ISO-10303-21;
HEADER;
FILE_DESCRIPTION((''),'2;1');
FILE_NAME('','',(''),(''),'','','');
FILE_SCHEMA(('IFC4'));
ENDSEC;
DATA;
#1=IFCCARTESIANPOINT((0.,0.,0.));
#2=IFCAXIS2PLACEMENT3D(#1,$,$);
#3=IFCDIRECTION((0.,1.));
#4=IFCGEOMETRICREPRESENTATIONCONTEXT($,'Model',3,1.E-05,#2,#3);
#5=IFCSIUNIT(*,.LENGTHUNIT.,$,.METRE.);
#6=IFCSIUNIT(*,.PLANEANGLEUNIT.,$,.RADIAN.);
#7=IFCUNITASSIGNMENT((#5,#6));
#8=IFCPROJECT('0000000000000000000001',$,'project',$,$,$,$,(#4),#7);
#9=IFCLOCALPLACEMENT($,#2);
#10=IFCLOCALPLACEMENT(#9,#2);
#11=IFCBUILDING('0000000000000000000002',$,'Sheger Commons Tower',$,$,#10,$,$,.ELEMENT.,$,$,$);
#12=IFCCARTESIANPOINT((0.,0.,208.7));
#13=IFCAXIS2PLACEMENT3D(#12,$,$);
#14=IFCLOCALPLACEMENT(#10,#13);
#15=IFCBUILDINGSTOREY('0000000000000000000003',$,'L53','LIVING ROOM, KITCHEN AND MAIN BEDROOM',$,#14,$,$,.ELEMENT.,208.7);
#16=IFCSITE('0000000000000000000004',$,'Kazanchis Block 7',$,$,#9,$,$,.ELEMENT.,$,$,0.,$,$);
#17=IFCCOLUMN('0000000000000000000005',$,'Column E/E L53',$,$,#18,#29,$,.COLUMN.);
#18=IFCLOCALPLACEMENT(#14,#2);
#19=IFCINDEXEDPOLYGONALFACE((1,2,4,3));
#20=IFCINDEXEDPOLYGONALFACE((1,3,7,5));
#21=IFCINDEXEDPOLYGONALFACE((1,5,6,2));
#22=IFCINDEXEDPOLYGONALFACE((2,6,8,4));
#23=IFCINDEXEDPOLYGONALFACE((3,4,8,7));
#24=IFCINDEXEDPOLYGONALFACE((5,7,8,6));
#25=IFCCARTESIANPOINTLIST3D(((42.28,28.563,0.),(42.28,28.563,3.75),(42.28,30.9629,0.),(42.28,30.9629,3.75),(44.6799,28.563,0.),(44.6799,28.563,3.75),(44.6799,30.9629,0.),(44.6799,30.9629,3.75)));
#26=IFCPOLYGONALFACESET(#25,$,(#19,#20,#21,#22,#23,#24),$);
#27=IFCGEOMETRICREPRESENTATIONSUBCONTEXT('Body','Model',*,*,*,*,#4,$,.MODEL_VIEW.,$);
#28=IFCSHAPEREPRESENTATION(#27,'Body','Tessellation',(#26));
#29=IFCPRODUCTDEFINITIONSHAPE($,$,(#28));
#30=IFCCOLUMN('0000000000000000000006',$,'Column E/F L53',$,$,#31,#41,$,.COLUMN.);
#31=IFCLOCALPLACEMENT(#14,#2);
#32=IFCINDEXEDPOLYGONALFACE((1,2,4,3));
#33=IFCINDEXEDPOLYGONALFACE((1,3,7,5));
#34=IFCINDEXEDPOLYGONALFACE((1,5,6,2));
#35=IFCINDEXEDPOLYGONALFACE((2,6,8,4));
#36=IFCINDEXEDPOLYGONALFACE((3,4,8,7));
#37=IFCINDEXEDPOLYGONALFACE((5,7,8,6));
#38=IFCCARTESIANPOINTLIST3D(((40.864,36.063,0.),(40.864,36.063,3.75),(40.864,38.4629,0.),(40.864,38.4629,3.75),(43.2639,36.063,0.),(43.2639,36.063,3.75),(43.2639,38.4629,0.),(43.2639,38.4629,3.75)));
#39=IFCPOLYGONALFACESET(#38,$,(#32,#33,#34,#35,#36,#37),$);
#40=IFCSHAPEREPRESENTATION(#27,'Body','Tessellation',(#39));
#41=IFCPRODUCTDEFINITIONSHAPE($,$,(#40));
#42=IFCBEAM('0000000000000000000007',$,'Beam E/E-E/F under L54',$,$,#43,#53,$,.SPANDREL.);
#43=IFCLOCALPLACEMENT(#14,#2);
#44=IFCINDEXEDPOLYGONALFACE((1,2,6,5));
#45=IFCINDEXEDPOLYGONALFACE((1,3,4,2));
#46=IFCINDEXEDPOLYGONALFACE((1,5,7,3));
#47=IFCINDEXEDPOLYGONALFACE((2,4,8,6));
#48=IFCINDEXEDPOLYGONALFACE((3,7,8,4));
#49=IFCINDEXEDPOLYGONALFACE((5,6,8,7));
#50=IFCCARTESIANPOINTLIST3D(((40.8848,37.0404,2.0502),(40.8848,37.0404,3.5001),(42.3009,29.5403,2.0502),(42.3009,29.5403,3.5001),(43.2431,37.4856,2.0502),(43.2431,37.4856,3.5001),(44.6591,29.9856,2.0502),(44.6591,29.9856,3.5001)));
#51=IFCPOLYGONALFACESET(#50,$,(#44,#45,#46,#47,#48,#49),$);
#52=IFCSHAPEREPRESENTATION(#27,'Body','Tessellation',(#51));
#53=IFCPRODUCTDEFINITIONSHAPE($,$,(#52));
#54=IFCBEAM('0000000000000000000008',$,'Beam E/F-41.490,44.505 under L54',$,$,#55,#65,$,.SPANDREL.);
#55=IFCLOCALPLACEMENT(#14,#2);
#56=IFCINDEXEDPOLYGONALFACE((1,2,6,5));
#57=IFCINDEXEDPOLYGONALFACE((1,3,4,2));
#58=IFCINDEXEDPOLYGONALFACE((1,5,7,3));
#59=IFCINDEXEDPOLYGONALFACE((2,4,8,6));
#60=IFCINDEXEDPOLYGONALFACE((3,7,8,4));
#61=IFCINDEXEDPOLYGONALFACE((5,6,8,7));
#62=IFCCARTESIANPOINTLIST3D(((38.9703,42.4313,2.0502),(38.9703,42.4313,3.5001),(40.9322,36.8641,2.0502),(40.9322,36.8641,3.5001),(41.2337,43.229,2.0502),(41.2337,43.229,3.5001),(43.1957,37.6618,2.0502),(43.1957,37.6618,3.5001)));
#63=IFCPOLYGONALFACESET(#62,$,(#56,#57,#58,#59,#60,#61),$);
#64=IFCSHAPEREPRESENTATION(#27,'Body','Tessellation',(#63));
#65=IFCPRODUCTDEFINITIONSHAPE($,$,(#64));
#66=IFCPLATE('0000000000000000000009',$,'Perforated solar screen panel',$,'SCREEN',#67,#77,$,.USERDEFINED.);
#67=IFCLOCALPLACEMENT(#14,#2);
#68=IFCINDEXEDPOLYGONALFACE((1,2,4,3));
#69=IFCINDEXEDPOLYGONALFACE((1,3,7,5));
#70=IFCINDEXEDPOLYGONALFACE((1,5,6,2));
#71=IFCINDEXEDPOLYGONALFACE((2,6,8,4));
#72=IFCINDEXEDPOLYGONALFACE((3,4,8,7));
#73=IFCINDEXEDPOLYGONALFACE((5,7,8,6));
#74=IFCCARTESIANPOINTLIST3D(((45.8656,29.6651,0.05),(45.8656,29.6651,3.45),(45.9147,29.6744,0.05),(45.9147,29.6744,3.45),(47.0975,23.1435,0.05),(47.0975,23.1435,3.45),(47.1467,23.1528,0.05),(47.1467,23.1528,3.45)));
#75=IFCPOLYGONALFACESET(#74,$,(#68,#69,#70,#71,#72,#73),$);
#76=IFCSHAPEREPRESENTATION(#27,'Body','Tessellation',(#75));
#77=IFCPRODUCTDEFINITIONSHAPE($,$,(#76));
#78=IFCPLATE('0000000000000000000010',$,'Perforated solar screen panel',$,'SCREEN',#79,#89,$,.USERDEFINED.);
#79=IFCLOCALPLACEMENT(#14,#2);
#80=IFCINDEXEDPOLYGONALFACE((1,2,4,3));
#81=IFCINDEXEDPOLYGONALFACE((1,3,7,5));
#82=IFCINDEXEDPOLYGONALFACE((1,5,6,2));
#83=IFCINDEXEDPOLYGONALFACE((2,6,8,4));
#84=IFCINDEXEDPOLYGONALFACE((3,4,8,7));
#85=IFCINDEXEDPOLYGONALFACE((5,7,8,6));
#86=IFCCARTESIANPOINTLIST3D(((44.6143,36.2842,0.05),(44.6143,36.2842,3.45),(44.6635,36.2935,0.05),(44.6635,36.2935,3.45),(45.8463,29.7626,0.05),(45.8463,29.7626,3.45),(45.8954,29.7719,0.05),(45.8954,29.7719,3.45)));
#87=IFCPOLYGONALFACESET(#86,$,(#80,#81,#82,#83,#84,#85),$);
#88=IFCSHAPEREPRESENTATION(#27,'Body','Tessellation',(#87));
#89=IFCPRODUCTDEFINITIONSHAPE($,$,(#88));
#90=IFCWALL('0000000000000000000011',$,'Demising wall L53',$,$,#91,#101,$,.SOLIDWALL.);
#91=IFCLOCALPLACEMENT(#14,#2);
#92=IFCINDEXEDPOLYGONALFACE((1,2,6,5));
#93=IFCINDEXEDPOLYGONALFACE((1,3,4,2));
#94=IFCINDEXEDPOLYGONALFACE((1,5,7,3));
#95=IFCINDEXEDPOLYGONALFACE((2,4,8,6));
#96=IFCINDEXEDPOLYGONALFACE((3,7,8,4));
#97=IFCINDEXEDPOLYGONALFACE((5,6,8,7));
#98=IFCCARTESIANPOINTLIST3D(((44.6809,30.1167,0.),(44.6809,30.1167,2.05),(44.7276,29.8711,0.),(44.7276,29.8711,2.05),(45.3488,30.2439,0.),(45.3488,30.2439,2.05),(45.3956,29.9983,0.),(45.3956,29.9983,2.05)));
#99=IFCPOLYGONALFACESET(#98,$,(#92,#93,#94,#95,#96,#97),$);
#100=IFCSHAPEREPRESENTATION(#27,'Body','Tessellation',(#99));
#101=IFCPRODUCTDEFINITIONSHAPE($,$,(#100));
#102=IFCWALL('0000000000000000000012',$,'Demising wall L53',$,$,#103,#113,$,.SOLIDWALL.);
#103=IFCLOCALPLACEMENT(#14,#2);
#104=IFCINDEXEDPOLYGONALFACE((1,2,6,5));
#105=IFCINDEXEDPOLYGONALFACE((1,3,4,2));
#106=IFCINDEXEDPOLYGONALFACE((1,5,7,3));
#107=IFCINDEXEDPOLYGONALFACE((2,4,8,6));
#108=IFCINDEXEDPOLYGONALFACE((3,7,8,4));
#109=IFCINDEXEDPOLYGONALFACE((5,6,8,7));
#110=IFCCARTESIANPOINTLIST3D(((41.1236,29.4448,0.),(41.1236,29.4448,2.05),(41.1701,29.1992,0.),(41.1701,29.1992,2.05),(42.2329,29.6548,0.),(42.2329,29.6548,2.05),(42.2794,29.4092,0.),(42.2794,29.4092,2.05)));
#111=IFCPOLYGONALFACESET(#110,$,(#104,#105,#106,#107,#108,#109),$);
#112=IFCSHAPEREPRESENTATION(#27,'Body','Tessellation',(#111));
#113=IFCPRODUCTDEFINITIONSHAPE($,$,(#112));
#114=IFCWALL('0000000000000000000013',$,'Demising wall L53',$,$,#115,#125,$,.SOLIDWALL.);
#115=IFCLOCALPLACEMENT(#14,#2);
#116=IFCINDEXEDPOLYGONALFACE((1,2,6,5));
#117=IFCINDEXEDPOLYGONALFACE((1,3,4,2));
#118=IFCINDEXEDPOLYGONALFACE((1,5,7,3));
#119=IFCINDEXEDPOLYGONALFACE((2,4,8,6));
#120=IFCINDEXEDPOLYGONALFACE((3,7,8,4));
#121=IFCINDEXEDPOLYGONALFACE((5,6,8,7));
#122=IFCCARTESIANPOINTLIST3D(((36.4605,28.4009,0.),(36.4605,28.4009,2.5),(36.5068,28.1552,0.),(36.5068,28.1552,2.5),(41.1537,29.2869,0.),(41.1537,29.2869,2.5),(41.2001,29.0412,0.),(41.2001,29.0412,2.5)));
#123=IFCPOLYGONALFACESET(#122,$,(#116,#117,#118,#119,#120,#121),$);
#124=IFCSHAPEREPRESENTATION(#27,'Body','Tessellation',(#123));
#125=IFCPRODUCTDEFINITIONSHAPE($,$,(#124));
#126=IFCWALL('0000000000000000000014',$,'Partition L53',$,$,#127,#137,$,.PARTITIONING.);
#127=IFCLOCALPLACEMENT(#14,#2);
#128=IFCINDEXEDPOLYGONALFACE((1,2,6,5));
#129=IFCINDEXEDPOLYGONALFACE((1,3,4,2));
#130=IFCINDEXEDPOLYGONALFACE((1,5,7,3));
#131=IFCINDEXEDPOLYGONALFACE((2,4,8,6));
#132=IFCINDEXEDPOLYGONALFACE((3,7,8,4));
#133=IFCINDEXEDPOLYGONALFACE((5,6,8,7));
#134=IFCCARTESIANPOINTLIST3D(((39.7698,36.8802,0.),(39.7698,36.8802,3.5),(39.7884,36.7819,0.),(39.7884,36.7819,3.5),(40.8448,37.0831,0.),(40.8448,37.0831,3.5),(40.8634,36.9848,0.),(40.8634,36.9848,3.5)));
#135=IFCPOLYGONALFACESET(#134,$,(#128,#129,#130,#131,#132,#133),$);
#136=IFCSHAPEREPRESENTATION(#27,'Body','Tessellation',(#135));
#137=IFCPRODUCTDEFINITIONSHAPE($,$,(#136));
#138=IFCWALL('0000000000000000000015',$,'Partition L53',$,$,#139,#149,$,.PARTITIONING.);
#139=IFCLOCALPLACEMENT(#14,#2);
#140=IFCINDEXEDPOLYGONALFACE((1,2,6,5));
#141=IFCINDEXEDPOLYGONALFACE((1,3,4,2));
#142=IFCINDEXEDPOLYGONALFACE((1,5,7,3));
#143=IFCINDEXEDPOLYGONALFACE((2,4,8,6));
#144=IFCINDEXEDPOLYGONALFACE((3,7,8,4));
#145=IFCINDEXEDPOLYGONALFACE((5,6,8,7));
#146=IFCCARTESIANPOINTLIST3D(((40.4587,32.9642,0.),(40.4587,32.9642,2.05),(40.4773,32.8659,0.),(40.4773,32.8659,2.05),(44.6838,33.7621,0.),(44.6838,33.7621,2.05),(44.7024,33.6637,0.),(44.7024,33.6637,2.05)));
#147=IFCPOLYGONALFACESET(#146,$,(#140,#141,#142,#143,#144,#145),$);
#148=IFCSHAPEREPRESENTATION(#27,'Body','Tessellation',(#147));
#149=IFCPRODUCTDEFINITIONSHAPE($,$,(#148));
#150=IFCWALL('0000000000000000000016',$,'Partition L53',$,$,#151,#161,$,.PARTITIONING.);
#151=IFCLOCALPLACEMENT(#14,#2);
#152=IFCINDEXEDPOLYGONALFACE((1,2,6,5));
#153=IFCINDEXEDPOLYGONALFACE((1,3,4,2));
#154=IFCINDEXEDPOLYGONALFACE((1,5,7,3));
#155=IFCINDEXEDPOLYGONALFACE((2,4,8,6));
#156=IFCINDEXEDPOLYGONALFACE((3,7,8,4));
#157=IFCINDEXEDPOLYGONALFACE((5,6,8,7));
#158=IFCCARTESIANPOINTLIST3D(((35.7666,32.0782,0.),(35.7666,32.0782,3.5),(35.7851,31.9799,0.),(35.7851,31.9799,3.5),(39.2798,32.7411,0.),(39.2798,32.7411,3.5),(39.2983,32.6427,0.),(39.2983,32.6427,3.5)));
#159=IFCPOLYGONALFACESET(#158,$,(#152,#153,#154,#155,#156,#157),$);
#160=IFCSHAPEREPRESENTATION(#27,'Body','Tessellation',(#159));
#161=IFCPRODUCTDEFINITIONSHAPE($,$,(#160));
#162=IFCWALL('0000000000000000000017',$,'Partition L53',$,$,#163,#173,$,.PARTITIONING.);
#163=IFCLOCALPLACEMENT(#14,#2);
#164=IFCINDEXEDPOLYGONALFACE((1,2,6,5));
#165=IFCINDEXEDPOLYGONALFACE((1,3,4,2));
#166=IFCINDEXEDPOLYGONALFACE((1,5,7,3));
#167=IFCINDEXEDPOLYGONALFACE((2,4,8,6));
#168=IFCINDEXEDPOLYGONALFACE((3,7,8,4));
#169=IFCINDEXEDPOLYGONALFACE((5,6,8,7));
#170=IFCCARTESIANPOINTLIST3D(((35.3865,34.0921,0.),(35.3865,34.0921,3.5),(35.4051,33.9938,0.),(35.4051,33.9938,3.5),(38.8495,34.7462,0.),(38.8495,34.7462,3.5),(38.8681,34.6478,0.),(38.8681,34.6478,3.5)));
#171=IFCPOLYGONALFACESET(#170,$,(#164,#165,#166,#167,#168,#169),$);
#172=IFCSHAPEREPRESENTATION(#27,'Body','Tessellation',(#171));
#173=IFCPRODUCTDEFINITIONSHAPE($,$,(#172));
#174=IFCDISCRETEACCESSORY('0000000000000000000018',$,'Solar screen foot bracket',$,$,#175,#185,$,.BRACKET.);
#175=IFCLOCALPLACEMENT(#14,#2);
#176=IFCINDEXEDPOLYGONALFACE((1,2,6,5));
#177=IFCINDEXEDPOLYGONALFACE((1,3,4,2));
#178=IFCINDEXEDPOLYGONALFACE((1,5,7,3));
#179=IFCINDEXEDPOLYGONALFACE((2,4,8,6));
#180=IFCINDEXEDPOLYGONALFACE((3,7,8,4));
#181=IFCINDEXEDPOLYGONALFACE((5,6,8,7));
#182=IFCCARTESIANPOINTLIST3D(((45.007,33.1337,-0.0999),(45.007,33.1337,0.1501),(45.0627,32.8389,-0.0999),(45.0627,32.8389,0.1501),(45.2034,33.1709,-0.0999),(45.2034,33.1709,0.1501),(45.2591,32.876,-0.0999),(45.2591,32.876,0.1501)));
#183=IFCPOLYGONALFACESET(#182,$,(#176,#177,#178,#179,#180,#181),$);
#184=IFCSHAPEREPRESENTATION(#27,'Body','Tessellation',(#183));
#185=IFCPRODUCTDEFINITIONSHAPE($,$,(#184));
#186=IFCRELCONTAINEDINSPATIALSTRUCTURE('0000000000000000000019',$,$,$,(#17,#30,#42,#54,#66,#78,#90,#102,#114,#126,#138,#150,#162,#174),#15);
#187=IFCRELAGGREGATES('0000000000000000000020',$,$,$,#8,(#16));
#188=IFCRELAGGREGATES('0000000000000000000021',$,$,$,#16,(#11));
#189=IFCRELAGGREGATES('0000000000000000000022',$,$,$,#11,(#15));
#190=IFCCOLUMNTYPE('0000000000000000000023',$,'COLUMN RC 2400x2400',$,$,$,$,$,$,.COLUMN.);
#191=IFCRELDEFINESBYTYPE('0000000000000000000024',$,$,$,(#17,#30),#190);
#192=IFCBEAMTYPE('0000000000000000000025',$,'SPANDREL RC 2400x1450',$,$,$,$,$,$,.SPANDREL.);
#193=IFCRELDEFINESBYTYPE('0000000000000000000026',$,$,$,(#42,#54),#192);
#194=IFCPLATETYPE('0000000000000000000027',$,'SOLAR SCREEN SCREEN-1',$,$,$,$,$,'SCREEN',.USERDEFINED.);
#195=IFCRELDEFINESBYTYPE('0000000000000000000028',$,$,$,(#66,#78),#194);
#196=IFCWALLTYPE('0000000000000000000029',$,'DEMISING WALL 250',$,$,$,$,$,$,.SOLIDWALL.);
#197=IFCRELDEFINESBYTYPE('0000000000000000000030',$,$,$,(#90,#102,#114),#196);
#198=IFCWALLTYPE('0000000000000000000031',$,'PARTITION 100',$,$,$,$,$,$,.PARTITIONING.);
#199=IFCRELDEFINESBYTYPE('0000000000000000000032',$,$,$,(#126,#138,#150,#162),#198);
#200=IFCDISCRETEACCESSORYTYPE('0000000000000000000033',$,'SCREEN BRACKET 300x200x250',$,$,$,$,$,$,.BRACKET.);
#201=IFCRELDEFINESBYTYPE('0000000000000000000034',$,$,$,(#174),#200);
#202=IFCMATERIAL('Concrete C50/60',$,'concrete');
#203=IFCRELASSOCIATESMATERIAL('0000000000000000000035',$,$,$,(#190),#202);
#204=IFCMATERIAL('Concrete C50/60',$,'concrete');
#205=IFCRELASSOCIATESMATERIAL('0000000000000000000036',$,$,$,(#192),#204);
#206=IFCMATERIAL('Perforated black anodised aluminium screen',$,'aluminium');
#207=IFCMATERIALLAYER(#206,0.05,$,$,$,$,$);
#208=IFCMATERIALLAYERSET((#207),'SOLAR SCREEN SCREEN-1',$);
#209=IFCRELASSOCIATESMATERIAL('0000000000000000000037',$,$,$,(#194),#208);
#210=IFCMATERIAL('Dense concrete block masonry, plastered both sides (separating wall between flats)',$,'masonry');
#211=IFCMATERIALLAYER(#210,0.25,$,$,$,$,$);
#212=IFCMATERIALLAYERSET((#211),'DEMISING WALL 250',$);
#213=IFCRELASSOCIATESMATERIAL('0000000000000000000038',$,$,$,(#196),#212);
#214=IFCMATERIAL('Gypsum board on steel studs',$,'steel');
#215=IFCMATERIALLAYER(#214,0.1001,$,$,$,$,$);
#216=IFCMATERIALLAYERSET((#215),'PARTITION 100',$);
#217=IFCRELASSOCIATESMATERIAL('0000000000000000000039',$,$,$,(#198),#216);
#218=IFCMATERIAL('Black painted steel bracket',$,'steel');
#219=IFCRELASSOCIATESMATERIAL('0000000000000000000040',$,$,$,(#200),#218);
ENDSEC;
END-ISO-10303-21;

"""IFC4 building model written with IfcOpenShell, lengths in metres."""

from ifc_helpers import new_model, si_unit, direction, frame, frame_2d, origin, origin_2d, place, context, subcontext, project, spatial, rectangle, extrude, material, layer, layer_set, material_profile, profile_set, type_object, element, save


model = new_model("IFC4")

# Units and contexts
model_context = context("Model", 3, precision=1e-05, world=origin(), true_north=direction((0.0, 1.0)))
body_context = subcontext(model_context, "Body", "Model", "MODEL_VIEW")
ifc_project = project(units=[si_unit("LENGTHUNIT", "METRE"), si_unit("PLANEANGLEUNIT", "RADIAN")], contexts=[model_context])

# Site, building, storey
site_placement = place(None, origin())
site = spatial("IfcSite", under=ifc_project, at=site_placement, Name="Kazanchis Block 7", CompositionType="ELEMENT", RefElevation=0.0)
building_placement = place(site_placement, origin())
building = spatial("IfcBuilding", under=site, at=building_placement, Name="Sheger Commons Tower", CompositionType="ELEMENT")
storey_placement = place(building_placement, frame((0.0, 0.0, 208.7)))
storey = spatial("IfcBuildingStorey", under=building, at=storey_placement, Name="L53", Description="LIVING ROOM, KITCHEN AND MAIN BEDROOM", CompositionType="ELEMENT", Elevation=208.7)

# Columns
ifc_material_1 = material(Name="Concrete C50/60", Category="concrete")
ifc_material_profile_1 = material_profile(ifc_material_1, rectangle(XDim=2.3999, YDim=2.3999, at=origin_2d()), Name="RC 2400x2400")
ifc_profile_set_1 = profile_set([ifc_material_profile_1], Name="Concrete C50/60")
column_type = type_object("IfcColumnType", Name="COLUMN RC 2400x2400", PredefinedType="COLUMN", material=ifc_profile_set_1)
for number, where, z_axis, x_axis, name in (
    (1, (43.48, 29.7629, 0.0), (0.0, 0.0, 1.0), (1.0, 0.0, 0.0), "Column E/E L53"),
    (2, (42.064, 37.2629, 0.0), (0.0, 0.0, 1.0), (1.0, 0.0, 0.0), "Column E/F L53"),
):
    element("IfcColumn", number, at=place(storey_placement, frame(where, z_axis=z_axis, x_axis=x_axis)), inside=storey, type_object=column_type, Name=name, PredefinedType="COLUMN", context=body_context, shape_type="SweptSolid", body=[
        extrude(rectangle(XDim=2.3999, YDim=2.3999, at=origin_2d()), origin(), (0.0, 0.0, 1.0), 3.75),
    ])

# Beams
ifc_material_2 = material(Name="Concrete C50/60", Category="concrete")
ifc_material_profile_2 = material_profile(ifc_material_2, rectangle(XDim=2.3999, YDim=1.45, at=origin_2d()), Name="RC 2400x1450")
ifc_profile_set_2 = profile_set([ifc_material_profile_2], Name="Concrete C50/60")
beam_type = type_object("IfcBeamType", Name="SPANDREL RC 2400x1450", PredefinedType="SPANDREL", material=ifc_profile_set_2)
beam_1_placement = place(storey_placement, frame((43.48, 29.7629, 2.7751), z_axis=(-0.185524, 0.98264, 0.0), x_axis=(-0.98264, -0.185524, 0.0)))
element("IfcBeam", 3, at=beam_1_placement, inside=storey, type_object=beam_type, Name="Beam E/E-E/F under L54", PredefinedType="SPANDREL", context=body_context, shape_type="SweptSolid", body=[
    extrude(rectangle(XDim=2.3999, YDim=1.45, at=origin_2d()), origin(), (0.0, 0.0, 1.0), 7.6326),
])
beam_2_placement = place(storey_placement, frame((42.064, 37.2629, 2.7751), z_axis=(-0.332374, 0.943148, 0.0), x_axis=(-0.943148, -0.332374, 0.0)))
element("IfcBeam", 4, at=beam_2_placement, inside=storey, type_object=beam_type, Name="Beam E/F-41.490,44.505 under L54", PredefinedType="SPANDREL", context=body_context, shape_type="SweptSolid", body=[
    extrude(rectangle(XDim=2.3999, YDim=1.45, at=origin_2d()), origin(), (0.0, 0.0, 1.0), 5.9028),
])

# Plates
ifc_material_3 = material(Name="Perforated black anodised aluminium screen", Category="aluminium")
ifc_layer_1 = layer(ifc_material_3, 0.05)
ifc_layer_set_1 = layer_set([ifc_layer_1], Name="SOLAR SCREEN SCREEN-1")
plate_type = type_object("IfcPlateType", Name="SOLAR SCREEN SCREEN-1", ElementType="SCREEN", PredefinedType="USERDEFINED", material=ifc_layer_set_1)
for number, where, z_axis, x_axis, name in (
    (5, (46.5061, 26.4089, 0.05), (0.0, 0.0, 1.0), (-0.185615, 0.982623, 0.0), "Perforated solar screen panel"),
    (6, (45.2549, 33.0281, 0.05), (0.0, 0.0, 1.0), (-0.185615, 0.982623, 0.0), "Perforated solar screen panel"),
):
    element("IfcPlate", number, at=place(storey_placement, frame(where, z_axis=z_axis, x_axis=x_axis)), inside=storey, type_object=plate_type, Name=name, ObjectType="SCREEN", PredefinedType="USERDEFINED", context=body_context, shape_type="SweptSolid", body=[
        extrude(rectangle(XDim=6.637, YDim=0.05, at=origin_2d()), origin(), (0.0, 0.0, 1.0), 3.3999),
    ])

# Walls
ifc_material_4 = material(Name="Dense concrete block masonry, plastered both sides (separating wall between flats)", Category="masonry")
ifc_layer_2 = layer(ifc_material_4, 0.25)
ifc_layer_set_2 = layer_set([ifc_layer_2], Name="DEMISING WALL 250")
wall_type_1 = type_object("IfcWallType", Name="DEMISING WALL 250", PredefinedType="SOLIDWALL", material=ifc_layer_set_2)
wall_1_placement = place(storey_placement, frame((45.3721, 30.1211, 0.0), z_axis=(0.0, 0.0, 1.0), x_axis=(-0.982348, -0.187063, 0.0)))
element("IfcWall", 7, at=wall_1_placement, inside=storey, type_object=wall_type_1, Name="Demising wall L53", PredefinedType="SOLIDWALL", context=body_context, shape_type="SweptSolid", body=[
    extrude(rectangle(XDim=0.6799, YDim=0.25, at=frame_2d((0.3398, 0.0))), origin(), (0.0, 0.0, 1.0), 2.05),
])
wall_2_placement = place(storey_placement, frame((42.2561, 29.532, 0.0), z_axis=(0.0, 0.0, 1.0), x_axis=(-0.98255, -0.185999, 0.0)))
element("IfcWall", 8, at=wall_2_placement, inside=storey, type_object=wall_type_1, Name="Demising wall L53", PredefinedType="SOLIDWALL", context=body_context, shape_type="SweptSolid", body=[
    extrude(rectangle(XDim=1.1289, YDim=0.25, at=frame_2d((0.5645, 0.0))), origin(), (0.0, 0.0, 1.0), 2.05),
])
wall_3_placement = place(storey_placement, frame((41.177, 29.1641, 0.0), z_axis=(0.0, 0.0, 1.0), x_axis=(-0.982643, -0.185508, 0.0)))
element("IfcWall", 9, at=wall_3_placement, inside=storey, type_object=wall_type_1, Name="Demising wall L53", PredefinedType="SOLIDWALL", context=body_context, shape_type="SweptSolid", body=[
    extrude(rectangle(XDim=4.7761, YDim=0.25, at=frame_2d((2.3882, 0.0))), origin(), (0.0, 0.0, 1.0), 2.5),
])
ifc_material_5 = material(Name="Gypsum board on steel studs", Category="steel")
ifc_layer_3 = layer(ifc_material_5, 0.1001)
ifc_layer_set_3 = layer_set([ifc_layer_3], Name="PARTITION 100")
wall_type_2 = type_object("IfcWallType", Name="PARTITION 100", PredefinedType="PARTITIONING", material=ifc_layer_set_3)
wall_4_placement = place(storey_placement, frame((40.854, 37.0339, 0.0), z_axis=(0.0, 0.0, 1.0), x_axis=(-0.982652, -0.185461, 0.0)))
element("IfcWall", 10, at=wall_4_placement, inside=storey, type_object=wall_type_2, Name="Partition L53", PredefinedType="PARTITIONING", context=body_context, shape_type="SweptSolid", body=[
    extrude(rectangle(XDim=1.094, YDim=0.1001, at=frame_2d((0.5469, 0.0))), origin(), (0.0, 0.0, 1.0), 3.5),
])
wall_5_placement = place(storey_placement, frame((44.6931, 33.7129, 0.0), z_axis=(0.0, 0.0, 1.0), x_axis=(-0.982634, -0.185557, 0.0)))
element("IfcWall", 11, at=wall_5_placement, inside=storey, type_object=wall_type_2, Name="Partition L53", PredefinedType="PARTITIONING", context=body_context, shape_type="SweptSolid", body=[
    extrude(rectangle(XDim=4.2998, YDim=0.1001, at=frame_2d((2.1499, 0.0))), origin(), (0.0, 0.0, 1.0), 2.05),
])
wall_6_placement = place(storey_placement, frame((39.2891, 32.6919, 0.0), z_axis=(0.0, 0.0, 1.0), x_axis=(-0.982663, -0.185402, 0.0)))
element("IfcWall", 12, at=wall_6_placement, inside=storey, type_object=wall_type_2, Name="Partition L53", PredefinedType="PARTITIONING", context=body_context, shape_type="SweptSolid", body=[
    extrude(rectangle(XDim=3.5752, YDim=0.1001, at=frame_2d((1.7876, 0.0))), origin(), (0.0, 0.0, 1.0), 3.5),
])
wall_7_placement = place(storey_placement, frame((38.8589, 34.697, 0.0), z_axis=(0.0, 0.0, 1.0), x_axis=(-0.982627, -0.185593, 0.0)))
element("IfcWall", 13, at=wall_7_placement, inside=storey, type_object=wall_type_2, Name="Partition L53", PredefinedType="PARTITIONING", context=body_context, shape_type="SweptSolid", body=[
    extrude(rectangle(XDim=3.5242, YDim=0.1001, at=frame_2d((1.7622, 0.0))), origin(), (0.0, 0.0, 1.0), 3.5),
])

# Discrete accessory
ifc_material_6 = material(Name="Black painted steel bracket", Category="steel")
discrete_accessory_type = type_object("IfcDiscreteAccessoryType", Name="SCREEN BRACKET 300x200x250", PredefinedType="BRACKET", material=ifc_material_6)
for number, where, z_axis, x_axis, name in (
    (14, (45.1331, 33.0049, -0.0999), (0.0, 0.0, 1.0), (-0.185615, 0.982623, 0.0), "Solar screen foot bracket"),
):
    element("IfcDiscreteAccessory", number, at=place(storey_placement, frame(where, z_axis=z_axis, x_axis=x_axis)), inside=storey, type_object=discrete_accessory_type, Name=name, PredefinedType="BRACKET", context=body_context, shape_type="SweptSolid", body=[
        extrude(rectangle(XDim=0.3, YDim=0.2, at=origin_2d()), origin(), (0.0, 0.0, 1.0), 0.25),
    ])

save(model, "model.ifc")
